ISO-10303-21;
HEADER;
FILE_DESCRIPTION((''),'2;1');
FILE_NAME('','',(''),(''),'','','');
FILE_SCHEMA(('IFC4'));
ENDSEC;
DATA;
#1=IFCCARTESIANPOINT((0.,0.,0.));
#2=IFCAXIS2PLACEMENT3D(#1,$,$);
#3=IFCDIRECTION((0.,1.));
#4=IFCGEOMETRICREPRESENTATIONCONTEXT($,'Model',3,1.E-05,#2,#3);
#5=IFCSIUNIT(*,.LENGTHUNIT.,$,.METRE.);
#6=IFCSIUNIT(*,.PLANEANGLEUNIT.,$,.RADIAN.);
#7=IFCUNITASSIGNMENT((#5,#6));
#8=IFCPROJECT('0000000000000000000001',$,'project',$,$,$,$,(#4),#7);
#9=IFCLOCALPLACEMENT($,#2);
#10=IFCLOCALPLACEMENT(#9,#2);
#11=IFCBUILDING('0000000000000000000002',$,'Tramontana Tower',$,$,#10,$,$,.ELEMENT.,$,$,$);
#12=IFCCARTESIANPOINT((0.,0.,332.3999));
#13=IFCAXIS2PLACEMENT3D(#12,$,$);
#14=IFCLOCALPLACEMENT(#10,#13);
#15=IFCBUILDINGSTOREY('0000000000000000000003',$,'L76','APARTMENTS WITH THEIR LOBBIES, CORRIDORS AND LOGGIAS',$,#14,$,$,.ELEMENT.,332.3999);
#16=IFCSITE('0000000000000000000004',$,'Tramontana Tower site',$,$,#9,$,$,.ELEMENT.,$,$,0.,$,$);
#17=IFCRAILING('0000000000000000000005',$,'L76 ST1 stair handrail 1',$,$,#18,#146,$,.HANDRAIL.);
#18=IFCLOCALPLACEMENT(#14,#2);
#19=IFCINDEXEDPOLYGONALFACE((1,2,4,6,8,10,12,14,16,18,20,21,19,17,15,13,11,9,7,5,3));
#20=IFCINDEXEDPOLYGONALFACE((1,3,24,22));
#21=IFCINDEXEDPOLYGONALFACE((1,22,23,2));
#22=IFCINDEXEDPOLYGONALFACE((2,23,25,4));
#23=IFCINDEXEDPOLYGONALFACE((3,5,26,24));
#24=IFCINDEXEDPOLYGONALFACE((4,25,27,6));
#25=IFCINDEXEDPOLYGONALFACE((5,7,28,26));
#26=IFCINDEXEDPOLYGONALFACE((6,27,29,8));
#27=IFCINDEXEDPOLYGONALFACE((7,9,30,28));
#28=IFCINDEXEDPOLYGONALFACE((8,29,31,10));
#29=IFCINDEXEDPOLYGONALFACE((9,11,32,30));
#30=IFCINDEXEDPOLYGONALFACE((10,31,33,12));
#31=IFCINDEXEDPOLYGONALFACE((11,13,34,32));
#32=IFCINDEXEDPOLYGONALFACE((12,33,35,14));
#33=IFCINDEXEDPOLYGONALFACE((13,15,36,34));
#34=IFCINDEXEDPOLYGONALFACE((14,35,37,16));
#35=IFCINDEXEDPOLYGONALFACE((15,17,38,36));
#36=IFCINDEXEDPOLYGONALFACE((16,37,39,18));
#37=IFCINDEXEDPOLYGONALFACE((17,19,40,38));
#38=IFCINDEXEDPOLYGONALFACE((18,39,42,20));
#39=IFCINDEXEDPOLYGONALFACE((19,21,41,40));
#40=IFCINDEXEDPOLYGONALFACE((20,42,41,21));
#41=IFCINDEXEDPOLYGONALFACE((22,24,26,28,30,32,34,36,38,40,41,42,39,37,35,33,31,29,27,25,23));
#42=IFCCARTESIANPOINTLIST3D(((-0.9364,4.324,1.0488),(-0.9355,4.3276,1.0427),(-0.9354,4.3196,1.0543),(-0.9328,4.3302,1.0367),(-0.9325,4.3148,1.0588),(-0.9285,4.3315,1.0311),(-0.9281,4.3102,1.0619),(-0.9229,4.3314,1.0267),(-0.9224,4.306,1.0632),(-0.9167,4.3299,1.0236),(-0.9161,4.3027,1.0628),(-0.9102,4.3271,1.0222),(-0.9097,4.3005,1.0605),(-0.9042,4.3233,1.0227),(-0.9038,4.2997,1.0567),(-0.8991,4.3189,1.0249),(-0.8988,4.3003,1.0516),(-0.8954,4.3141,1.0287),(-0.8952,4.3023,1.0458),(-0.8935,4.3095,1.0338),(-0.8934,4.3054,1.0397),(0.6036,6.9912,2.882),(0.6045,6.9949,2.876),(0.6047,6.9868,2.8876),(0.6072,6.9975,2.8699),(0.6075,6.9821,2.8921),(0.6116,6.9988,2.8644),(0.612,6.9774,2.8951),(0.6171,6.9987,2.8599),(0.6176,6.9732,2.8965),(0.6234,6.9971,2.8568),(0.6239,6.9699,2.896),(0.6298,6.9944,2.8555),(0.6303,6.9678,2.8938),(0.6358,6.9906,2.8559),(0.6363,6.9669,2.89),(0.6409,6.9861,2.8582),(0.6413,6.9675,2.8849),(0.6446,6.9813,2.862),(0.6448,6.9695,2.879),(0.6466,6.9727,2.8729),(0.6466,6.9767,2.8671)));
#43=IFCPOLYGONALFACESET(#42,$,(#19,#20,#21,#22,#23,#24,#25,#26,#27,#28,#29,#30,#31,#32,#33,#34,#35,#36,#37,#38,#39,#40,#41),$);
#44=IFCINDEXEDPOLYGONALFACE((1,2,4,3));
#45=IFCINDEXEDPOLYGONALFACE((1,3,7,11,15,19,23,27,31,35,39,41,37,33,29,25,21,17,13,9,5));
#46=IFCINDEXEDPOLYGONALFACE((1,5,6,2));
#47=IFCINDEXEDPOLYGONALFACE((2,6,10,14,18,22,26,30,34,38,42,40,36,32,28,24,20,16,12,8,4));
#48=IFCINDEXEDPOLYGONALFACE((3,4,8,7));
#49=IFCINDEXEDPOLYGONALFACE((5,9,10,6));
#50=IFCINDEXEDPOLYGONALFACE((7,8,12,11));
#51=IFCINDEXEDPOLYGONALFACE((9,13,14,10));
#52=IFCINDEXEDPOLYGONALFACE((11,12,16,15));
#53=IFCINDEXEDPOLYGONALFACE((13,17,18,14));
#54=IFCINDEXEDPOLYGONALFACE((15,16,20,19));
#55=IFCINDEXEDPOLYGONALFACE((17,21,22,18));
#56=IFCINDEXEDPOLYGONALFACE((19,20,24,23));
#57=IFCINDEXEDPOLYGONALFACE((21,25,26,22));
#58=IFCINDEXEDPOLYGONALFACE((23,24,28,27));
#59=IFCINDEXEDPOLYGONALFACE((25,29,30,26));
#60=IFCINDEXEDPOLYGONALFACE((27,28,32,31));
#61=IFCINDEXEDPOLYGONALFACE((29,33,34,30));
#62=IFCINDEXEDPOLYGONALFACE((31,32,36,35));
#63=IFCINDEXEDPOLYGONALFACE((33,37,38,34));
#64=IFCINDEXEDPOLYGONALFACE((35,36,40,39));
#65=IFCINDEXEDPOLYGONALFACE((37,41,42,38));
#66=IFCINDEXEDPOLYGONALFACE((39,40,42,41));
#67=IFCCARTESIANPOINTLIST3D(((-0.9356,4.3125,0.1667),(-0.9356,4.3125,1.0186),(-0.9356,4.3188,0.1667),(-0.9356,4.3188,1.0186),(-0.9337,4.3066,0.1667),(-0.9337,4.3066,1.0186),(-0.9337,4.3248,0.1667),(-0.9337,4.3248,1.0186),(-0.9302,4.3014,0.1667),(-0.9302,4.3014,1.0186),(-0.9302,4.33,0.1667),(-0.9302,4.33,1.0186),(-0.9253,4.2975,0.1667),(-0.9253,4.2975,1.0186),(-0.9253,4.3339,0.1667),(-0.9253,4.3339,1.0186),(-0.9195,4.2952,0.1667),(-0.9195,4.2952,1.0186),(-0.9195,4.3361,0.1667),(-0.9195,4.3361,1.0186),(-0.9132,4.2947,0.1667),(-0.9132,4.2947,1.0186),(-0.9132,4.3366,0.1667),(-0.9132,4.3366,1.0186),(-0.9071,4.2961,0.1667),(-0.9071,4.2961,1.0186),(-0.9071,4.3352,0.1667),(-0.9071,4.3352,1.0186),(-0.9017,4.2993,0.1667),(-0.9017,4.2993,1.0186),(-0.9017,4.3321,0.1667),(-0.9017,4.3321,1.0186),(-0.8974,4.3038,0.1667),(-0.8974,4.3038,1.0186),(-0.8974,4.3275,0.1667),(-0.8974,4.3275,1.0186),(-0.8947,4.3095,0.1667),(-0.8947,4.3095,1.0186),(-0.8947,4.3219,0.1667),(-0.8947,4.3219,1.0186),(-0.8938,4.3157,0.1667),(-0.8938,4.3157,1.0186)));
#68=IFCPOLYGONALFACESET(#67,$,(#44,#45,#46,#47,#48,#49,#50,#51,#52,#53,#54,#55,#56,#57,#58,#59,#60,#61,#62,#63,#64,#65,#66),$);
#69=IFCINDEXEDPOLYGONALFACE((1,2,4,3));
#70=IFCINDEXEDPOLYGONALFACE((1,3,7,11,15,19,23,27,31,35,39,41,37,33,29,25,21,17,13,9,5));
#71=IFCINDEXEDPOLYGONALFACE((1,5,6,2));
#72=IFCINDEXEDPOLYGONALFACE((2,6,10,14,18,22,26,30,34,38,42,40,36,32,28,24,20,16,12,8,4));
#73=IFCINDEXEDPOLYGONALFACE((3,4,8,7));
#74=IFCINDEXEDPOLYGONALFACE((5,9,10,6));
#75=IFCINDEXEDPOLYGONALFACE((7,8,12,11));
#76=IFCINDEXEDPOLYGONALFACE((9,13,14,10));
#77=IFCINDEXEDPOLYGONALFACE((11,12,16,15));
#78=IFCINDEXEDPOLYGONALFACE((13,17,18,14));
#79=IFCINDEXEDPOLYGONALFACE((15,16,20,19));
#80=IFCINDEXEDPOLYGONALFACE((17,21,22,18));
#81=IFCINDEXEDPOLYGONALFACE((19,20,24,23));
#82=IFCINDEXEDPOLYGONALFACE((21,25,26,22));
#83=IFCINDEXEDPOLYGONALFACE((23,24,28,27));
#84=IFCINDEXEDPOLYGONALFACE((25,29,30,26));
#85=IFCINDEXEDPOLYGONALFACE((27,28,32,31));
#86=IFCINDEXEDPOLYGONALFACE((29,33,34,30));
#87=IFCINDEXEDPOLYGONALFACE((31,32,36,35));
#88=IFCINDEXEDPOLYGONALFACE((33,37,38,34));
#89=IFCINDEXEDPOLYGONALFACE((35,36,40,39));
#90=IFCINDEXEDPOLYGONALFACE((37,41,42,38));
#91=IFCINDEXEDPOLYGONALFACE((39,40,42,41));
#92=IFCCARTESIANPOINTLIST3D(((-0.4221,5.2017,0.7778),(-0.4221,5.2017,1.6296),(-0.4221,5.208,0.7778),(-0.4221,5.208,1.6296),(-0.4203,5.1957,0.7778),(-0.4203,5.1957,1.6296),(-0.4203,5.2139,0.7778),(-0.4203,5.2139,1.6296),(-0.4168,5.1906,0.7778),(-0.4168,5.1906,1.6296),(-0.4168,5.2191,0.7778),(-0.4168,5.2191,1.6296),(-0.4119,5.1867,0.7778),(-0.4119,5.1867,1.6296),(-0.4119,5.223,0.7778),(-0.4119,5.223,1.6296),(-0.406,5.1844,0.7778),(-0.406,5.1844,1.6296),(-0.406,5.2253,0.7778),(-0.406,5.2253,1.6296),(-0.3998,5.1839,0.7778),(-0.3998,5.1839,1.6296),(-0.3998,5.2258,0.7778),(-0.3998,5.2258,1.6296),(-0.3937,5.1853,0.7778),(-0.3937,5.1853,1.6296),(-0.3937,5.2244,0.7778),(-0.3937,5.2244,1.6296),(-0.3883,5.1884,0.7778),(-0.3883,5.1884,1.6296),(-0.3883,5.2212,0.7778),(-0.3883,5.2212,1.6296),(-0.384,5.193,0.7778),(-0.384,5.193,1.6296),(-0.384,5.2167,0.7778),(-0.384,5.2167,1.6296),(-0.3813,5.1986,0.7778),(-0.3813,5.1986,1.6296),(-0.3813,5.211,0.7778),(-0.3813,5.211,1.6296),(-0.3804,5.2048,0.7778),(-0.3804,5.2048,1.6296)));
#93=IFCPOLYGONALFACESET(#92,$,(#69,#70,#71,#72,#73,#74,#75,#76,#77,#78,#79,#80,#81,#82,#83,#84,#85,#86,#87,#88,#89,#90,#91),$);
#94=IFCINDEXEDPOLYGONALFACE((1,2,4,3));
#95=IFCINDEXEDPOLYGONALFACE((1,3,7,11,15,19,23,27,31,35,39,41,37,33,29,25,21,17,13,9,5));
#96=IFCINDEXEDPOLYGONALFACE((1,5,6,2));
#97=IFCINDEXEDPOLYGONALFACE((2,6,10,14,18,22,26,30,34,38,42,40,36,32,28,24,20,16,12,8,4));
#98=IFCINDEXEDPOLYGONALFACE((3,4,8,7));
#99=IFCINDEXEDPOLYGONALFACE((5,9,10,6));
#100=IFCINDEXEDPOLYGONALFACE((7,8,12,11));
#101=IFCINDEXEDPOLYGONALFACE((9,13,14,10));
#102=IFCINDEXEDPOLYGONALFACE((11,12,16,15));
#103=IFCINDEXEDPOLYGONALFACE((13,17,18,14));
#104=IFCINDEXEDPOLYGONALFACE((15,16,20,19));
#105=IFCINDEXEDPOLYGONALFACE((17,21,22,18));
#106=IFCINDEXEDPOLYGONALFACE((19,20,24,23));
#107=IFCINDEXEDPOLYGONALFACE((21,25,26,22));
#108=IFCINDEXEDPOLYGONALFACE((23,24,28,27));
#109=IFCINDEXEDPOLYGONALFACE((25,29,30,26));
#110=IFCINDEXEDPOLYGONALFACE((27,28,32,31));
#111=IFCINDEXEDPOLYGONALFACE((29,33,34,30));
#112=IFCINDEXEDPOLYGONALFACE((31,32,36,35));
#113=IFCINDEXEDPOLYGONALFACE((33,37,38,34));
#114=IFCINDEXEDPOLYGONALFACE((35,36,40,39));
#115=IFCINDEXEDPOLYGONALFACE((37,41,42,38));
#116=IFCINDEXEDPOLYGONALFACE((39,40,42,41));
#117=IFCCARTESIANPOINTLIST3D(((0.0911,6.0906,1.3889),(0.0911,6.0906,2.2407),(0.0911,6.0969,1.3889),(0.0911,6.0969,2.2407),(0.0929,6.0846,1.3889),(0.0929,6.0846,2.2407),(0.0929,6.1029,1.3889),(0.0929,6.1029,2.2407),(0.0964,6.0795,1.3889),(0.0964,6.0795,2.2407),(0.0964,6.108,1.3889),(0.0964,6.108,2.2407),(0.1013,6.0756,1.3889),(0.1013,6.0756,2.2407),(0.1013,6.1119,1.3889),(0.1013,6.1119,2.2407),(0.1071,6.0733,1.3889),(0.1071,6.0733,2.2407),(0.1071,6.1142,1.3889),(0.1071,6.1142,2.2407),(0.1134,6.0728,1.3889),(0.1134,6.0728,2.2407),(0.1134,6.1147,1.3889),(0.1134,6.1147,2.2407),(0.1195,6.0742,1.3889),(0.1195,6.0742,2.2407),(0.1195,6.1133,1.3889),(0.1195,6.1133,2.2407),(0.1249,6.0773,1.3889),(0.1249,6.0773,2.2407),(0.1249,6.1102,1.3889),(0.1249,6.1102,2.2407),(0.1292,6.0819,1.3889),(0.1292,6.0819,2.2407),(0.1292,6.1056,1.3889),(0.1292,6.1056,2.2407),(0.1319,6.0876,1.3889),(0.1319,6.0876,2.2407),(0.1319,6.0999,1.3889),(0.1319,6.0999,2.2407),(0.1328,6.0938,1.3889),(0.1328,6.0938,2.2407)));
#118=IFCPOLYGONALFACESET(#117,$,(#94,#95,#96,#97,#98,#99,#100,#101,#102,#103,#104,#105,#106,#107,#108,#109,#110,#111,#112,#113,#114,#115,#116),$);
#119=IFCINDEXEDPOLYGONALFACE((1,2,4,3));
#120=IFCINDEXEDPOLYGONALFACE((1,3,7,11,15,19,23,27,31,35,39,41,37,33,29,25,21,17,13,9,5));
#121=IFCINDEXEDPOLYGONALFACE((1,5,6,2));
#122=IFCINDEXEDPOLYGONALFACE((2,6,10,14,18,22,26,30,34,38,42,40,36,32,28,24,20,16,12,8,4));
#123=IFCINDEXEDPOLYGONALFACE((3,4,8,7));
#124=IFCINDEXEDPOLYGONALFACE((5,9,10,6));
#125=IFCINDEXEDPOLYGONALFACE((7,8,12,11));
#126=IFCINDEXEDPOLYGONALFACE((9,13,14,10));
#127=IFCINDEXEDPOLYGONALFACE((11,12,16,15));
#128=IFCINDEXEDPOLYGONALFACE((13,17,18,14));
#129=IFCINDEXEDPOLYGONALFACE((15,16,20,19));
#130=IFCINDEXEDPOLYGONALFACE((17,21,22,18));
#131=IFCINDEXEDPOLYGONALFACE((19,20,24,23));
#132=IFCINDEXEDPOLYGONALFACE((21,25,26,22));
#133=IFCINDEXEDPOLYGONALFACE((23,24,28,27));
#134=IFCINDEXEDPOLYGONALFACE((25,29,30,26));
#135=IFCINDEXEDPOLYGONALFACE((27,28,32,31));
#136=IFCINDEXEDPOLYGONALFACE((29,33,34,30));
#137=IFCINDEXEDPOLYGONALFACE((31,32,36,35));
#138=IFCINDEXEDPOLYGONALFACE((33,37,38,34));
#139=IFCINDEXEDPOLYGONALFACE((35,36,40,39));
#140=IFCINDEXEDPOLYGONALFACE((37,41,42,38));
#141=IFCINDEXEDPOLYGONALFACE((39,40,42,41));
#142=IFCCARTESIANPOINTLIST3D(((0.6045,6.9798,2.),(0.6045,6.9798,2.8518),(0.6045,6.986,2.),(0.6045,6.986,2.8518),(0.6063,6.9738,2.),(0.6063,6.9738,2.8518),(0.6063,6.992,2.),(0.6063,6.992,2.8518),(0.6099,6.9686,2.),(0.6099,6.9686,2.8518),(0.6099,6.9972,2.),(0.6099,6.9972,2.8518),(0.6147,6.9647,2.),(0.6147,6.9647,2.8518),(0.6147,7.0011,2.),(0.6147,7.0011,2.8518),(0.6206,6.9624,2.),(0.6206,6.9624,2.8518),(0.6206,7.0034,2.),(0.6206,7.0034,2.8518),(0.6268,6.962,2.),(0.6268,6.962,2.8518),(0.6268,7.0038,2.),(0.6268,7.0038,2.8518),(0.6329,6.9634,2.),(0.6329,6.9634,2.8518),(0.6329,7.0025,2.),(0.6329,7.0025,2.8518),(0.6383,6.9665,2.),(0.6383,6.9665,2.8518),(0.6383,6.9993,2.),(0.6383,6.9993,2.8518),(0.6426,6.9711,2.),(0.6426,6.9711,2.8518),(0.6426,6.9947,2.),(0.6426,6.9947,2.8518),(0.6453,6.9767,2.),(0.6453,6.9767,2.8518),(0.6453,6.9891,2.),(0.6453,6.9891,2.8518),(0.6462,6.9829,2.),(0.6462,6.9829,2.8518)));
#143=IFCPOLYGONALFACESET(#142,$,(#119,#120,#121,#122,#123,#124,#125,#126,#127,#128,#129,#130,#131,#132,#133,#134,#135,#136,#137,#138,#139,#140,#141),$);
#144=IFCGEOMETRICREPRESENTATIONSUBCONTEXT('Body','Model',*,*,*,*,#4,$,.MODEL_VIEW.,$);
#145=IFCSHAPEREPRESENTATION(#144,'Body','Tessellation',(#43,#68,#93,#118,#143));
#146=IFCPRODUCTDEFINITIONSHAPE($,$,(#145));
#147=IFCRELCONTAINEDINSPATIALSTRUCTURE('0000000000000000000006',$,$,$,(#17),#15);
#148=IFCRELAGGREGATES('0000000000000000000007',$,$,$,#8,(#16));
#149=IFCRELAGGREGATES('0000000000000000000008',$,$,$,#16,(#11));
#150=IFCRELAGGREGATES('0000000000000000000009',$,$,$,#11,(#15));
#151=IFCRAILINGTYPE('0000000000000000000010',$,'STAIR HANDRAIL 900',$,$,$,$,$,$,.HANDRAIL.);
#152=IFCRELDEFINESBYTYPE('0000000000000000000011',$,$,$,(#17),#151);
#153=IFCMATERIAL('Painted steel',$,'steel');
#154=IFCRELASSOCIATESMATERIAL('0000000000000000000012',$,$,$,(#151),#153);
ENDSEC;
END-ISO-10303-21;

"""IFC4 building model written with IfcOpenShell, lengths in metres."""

from ifc_helpers import new_model, si_unit, direction, frame, origin, origin_2d, place, context, subcontext, project, spatial, circle, extrude, material, type_object, element, save


model = new_model("IFC4")

# Units and contexts
model_context = context("Model", 3, precision=1e-05, world=origin(), true_north=direction((0.0, 1.0)))
body_context = subcontext(model_context, "Body", "Model", "MODEL_VIEW")
ifc_project = project(units=[si_unit("LENGTHUNIT", "METRE"), si_unit("PLANEANGLEUNIT", "RADIAN")], contexts=[model_context])

# Site, building, storey
site_placement = place(None, origin())
site = spatial("IfcSite", under=ifc_project, at=site_placement, Name="Tramontana Tower site", CompositionType="ELEMENT", RefElevation=0.0)
building_placement = place(site_placement, origin())
building = spatial("IfcBuilding", under=site, at=building_placement, Name="Tramontana Tower", CompositionType="ELEMENT")
storey_placement = place(building_placement, frame((0.0, 0.0, 332.3999)))
storey = spatial("IfcBuildingStorey", under=building, at=storey_placement, Name="L76", Description="APARTMENTS WITH THEIR LOBBIES, CORRIDORS AND LOGGIAS", CompositionType="ELEMENT", Elevation=332.3999)

# Railing
ifc_material_1 = material(Name="Painted steel", Category="steel")
railing_type_1 = type_object("IfcRailingType", Name="STAIR HANDRAIL 900", PredefinedType="HANDRAIL", material=ifc_material_1)
railing_1_placement = place(storey_placement, frame((-0.9148, 4.3157, 0.1667)))
element("IfcRailing", 1, at=railing_1_placement, inside=storey, type_object=railing_type_1, Name="L76 ST1 stair handrail 1", PredefinedType="HANDRAIL", context=body_context, shape_type="SweptSolid", body=[
    extrude(circle(Radius=0.0239, at=origin_2d()), frame((0.0, 0.0, 0.876), z_axis=(0.429671, 0.744159, 0.511478), x_axis=(-0.86601, 0.500027, 0.0)), (0.0, 0.0, 1.0), 3.5842),
    extrude(circle(Radius=0.021, at=origin_2d()), origin(), (0.0, 0.0, 1.0), 0.8518),
    extrude(circle(Radius=0.021, at=origin_2d()), frame((0.5134, 0.8892, 0.6111)), (0.0, 0.0, 1.0), 0.8518),
    extrude(circle(Radius=0.021, at=origin_2d()), frame((1.0266, 1.7781, 1.2222)), (0.0, 0.0, 1.0), 0.8518),
    extrude(circle(Radius=0.021, at=origin_2d()), frame((1.54, 2.6672, 1.8333)), (0.0, 0.0, 1.0), 0.8518),
])

save(model, "model.ifc")
